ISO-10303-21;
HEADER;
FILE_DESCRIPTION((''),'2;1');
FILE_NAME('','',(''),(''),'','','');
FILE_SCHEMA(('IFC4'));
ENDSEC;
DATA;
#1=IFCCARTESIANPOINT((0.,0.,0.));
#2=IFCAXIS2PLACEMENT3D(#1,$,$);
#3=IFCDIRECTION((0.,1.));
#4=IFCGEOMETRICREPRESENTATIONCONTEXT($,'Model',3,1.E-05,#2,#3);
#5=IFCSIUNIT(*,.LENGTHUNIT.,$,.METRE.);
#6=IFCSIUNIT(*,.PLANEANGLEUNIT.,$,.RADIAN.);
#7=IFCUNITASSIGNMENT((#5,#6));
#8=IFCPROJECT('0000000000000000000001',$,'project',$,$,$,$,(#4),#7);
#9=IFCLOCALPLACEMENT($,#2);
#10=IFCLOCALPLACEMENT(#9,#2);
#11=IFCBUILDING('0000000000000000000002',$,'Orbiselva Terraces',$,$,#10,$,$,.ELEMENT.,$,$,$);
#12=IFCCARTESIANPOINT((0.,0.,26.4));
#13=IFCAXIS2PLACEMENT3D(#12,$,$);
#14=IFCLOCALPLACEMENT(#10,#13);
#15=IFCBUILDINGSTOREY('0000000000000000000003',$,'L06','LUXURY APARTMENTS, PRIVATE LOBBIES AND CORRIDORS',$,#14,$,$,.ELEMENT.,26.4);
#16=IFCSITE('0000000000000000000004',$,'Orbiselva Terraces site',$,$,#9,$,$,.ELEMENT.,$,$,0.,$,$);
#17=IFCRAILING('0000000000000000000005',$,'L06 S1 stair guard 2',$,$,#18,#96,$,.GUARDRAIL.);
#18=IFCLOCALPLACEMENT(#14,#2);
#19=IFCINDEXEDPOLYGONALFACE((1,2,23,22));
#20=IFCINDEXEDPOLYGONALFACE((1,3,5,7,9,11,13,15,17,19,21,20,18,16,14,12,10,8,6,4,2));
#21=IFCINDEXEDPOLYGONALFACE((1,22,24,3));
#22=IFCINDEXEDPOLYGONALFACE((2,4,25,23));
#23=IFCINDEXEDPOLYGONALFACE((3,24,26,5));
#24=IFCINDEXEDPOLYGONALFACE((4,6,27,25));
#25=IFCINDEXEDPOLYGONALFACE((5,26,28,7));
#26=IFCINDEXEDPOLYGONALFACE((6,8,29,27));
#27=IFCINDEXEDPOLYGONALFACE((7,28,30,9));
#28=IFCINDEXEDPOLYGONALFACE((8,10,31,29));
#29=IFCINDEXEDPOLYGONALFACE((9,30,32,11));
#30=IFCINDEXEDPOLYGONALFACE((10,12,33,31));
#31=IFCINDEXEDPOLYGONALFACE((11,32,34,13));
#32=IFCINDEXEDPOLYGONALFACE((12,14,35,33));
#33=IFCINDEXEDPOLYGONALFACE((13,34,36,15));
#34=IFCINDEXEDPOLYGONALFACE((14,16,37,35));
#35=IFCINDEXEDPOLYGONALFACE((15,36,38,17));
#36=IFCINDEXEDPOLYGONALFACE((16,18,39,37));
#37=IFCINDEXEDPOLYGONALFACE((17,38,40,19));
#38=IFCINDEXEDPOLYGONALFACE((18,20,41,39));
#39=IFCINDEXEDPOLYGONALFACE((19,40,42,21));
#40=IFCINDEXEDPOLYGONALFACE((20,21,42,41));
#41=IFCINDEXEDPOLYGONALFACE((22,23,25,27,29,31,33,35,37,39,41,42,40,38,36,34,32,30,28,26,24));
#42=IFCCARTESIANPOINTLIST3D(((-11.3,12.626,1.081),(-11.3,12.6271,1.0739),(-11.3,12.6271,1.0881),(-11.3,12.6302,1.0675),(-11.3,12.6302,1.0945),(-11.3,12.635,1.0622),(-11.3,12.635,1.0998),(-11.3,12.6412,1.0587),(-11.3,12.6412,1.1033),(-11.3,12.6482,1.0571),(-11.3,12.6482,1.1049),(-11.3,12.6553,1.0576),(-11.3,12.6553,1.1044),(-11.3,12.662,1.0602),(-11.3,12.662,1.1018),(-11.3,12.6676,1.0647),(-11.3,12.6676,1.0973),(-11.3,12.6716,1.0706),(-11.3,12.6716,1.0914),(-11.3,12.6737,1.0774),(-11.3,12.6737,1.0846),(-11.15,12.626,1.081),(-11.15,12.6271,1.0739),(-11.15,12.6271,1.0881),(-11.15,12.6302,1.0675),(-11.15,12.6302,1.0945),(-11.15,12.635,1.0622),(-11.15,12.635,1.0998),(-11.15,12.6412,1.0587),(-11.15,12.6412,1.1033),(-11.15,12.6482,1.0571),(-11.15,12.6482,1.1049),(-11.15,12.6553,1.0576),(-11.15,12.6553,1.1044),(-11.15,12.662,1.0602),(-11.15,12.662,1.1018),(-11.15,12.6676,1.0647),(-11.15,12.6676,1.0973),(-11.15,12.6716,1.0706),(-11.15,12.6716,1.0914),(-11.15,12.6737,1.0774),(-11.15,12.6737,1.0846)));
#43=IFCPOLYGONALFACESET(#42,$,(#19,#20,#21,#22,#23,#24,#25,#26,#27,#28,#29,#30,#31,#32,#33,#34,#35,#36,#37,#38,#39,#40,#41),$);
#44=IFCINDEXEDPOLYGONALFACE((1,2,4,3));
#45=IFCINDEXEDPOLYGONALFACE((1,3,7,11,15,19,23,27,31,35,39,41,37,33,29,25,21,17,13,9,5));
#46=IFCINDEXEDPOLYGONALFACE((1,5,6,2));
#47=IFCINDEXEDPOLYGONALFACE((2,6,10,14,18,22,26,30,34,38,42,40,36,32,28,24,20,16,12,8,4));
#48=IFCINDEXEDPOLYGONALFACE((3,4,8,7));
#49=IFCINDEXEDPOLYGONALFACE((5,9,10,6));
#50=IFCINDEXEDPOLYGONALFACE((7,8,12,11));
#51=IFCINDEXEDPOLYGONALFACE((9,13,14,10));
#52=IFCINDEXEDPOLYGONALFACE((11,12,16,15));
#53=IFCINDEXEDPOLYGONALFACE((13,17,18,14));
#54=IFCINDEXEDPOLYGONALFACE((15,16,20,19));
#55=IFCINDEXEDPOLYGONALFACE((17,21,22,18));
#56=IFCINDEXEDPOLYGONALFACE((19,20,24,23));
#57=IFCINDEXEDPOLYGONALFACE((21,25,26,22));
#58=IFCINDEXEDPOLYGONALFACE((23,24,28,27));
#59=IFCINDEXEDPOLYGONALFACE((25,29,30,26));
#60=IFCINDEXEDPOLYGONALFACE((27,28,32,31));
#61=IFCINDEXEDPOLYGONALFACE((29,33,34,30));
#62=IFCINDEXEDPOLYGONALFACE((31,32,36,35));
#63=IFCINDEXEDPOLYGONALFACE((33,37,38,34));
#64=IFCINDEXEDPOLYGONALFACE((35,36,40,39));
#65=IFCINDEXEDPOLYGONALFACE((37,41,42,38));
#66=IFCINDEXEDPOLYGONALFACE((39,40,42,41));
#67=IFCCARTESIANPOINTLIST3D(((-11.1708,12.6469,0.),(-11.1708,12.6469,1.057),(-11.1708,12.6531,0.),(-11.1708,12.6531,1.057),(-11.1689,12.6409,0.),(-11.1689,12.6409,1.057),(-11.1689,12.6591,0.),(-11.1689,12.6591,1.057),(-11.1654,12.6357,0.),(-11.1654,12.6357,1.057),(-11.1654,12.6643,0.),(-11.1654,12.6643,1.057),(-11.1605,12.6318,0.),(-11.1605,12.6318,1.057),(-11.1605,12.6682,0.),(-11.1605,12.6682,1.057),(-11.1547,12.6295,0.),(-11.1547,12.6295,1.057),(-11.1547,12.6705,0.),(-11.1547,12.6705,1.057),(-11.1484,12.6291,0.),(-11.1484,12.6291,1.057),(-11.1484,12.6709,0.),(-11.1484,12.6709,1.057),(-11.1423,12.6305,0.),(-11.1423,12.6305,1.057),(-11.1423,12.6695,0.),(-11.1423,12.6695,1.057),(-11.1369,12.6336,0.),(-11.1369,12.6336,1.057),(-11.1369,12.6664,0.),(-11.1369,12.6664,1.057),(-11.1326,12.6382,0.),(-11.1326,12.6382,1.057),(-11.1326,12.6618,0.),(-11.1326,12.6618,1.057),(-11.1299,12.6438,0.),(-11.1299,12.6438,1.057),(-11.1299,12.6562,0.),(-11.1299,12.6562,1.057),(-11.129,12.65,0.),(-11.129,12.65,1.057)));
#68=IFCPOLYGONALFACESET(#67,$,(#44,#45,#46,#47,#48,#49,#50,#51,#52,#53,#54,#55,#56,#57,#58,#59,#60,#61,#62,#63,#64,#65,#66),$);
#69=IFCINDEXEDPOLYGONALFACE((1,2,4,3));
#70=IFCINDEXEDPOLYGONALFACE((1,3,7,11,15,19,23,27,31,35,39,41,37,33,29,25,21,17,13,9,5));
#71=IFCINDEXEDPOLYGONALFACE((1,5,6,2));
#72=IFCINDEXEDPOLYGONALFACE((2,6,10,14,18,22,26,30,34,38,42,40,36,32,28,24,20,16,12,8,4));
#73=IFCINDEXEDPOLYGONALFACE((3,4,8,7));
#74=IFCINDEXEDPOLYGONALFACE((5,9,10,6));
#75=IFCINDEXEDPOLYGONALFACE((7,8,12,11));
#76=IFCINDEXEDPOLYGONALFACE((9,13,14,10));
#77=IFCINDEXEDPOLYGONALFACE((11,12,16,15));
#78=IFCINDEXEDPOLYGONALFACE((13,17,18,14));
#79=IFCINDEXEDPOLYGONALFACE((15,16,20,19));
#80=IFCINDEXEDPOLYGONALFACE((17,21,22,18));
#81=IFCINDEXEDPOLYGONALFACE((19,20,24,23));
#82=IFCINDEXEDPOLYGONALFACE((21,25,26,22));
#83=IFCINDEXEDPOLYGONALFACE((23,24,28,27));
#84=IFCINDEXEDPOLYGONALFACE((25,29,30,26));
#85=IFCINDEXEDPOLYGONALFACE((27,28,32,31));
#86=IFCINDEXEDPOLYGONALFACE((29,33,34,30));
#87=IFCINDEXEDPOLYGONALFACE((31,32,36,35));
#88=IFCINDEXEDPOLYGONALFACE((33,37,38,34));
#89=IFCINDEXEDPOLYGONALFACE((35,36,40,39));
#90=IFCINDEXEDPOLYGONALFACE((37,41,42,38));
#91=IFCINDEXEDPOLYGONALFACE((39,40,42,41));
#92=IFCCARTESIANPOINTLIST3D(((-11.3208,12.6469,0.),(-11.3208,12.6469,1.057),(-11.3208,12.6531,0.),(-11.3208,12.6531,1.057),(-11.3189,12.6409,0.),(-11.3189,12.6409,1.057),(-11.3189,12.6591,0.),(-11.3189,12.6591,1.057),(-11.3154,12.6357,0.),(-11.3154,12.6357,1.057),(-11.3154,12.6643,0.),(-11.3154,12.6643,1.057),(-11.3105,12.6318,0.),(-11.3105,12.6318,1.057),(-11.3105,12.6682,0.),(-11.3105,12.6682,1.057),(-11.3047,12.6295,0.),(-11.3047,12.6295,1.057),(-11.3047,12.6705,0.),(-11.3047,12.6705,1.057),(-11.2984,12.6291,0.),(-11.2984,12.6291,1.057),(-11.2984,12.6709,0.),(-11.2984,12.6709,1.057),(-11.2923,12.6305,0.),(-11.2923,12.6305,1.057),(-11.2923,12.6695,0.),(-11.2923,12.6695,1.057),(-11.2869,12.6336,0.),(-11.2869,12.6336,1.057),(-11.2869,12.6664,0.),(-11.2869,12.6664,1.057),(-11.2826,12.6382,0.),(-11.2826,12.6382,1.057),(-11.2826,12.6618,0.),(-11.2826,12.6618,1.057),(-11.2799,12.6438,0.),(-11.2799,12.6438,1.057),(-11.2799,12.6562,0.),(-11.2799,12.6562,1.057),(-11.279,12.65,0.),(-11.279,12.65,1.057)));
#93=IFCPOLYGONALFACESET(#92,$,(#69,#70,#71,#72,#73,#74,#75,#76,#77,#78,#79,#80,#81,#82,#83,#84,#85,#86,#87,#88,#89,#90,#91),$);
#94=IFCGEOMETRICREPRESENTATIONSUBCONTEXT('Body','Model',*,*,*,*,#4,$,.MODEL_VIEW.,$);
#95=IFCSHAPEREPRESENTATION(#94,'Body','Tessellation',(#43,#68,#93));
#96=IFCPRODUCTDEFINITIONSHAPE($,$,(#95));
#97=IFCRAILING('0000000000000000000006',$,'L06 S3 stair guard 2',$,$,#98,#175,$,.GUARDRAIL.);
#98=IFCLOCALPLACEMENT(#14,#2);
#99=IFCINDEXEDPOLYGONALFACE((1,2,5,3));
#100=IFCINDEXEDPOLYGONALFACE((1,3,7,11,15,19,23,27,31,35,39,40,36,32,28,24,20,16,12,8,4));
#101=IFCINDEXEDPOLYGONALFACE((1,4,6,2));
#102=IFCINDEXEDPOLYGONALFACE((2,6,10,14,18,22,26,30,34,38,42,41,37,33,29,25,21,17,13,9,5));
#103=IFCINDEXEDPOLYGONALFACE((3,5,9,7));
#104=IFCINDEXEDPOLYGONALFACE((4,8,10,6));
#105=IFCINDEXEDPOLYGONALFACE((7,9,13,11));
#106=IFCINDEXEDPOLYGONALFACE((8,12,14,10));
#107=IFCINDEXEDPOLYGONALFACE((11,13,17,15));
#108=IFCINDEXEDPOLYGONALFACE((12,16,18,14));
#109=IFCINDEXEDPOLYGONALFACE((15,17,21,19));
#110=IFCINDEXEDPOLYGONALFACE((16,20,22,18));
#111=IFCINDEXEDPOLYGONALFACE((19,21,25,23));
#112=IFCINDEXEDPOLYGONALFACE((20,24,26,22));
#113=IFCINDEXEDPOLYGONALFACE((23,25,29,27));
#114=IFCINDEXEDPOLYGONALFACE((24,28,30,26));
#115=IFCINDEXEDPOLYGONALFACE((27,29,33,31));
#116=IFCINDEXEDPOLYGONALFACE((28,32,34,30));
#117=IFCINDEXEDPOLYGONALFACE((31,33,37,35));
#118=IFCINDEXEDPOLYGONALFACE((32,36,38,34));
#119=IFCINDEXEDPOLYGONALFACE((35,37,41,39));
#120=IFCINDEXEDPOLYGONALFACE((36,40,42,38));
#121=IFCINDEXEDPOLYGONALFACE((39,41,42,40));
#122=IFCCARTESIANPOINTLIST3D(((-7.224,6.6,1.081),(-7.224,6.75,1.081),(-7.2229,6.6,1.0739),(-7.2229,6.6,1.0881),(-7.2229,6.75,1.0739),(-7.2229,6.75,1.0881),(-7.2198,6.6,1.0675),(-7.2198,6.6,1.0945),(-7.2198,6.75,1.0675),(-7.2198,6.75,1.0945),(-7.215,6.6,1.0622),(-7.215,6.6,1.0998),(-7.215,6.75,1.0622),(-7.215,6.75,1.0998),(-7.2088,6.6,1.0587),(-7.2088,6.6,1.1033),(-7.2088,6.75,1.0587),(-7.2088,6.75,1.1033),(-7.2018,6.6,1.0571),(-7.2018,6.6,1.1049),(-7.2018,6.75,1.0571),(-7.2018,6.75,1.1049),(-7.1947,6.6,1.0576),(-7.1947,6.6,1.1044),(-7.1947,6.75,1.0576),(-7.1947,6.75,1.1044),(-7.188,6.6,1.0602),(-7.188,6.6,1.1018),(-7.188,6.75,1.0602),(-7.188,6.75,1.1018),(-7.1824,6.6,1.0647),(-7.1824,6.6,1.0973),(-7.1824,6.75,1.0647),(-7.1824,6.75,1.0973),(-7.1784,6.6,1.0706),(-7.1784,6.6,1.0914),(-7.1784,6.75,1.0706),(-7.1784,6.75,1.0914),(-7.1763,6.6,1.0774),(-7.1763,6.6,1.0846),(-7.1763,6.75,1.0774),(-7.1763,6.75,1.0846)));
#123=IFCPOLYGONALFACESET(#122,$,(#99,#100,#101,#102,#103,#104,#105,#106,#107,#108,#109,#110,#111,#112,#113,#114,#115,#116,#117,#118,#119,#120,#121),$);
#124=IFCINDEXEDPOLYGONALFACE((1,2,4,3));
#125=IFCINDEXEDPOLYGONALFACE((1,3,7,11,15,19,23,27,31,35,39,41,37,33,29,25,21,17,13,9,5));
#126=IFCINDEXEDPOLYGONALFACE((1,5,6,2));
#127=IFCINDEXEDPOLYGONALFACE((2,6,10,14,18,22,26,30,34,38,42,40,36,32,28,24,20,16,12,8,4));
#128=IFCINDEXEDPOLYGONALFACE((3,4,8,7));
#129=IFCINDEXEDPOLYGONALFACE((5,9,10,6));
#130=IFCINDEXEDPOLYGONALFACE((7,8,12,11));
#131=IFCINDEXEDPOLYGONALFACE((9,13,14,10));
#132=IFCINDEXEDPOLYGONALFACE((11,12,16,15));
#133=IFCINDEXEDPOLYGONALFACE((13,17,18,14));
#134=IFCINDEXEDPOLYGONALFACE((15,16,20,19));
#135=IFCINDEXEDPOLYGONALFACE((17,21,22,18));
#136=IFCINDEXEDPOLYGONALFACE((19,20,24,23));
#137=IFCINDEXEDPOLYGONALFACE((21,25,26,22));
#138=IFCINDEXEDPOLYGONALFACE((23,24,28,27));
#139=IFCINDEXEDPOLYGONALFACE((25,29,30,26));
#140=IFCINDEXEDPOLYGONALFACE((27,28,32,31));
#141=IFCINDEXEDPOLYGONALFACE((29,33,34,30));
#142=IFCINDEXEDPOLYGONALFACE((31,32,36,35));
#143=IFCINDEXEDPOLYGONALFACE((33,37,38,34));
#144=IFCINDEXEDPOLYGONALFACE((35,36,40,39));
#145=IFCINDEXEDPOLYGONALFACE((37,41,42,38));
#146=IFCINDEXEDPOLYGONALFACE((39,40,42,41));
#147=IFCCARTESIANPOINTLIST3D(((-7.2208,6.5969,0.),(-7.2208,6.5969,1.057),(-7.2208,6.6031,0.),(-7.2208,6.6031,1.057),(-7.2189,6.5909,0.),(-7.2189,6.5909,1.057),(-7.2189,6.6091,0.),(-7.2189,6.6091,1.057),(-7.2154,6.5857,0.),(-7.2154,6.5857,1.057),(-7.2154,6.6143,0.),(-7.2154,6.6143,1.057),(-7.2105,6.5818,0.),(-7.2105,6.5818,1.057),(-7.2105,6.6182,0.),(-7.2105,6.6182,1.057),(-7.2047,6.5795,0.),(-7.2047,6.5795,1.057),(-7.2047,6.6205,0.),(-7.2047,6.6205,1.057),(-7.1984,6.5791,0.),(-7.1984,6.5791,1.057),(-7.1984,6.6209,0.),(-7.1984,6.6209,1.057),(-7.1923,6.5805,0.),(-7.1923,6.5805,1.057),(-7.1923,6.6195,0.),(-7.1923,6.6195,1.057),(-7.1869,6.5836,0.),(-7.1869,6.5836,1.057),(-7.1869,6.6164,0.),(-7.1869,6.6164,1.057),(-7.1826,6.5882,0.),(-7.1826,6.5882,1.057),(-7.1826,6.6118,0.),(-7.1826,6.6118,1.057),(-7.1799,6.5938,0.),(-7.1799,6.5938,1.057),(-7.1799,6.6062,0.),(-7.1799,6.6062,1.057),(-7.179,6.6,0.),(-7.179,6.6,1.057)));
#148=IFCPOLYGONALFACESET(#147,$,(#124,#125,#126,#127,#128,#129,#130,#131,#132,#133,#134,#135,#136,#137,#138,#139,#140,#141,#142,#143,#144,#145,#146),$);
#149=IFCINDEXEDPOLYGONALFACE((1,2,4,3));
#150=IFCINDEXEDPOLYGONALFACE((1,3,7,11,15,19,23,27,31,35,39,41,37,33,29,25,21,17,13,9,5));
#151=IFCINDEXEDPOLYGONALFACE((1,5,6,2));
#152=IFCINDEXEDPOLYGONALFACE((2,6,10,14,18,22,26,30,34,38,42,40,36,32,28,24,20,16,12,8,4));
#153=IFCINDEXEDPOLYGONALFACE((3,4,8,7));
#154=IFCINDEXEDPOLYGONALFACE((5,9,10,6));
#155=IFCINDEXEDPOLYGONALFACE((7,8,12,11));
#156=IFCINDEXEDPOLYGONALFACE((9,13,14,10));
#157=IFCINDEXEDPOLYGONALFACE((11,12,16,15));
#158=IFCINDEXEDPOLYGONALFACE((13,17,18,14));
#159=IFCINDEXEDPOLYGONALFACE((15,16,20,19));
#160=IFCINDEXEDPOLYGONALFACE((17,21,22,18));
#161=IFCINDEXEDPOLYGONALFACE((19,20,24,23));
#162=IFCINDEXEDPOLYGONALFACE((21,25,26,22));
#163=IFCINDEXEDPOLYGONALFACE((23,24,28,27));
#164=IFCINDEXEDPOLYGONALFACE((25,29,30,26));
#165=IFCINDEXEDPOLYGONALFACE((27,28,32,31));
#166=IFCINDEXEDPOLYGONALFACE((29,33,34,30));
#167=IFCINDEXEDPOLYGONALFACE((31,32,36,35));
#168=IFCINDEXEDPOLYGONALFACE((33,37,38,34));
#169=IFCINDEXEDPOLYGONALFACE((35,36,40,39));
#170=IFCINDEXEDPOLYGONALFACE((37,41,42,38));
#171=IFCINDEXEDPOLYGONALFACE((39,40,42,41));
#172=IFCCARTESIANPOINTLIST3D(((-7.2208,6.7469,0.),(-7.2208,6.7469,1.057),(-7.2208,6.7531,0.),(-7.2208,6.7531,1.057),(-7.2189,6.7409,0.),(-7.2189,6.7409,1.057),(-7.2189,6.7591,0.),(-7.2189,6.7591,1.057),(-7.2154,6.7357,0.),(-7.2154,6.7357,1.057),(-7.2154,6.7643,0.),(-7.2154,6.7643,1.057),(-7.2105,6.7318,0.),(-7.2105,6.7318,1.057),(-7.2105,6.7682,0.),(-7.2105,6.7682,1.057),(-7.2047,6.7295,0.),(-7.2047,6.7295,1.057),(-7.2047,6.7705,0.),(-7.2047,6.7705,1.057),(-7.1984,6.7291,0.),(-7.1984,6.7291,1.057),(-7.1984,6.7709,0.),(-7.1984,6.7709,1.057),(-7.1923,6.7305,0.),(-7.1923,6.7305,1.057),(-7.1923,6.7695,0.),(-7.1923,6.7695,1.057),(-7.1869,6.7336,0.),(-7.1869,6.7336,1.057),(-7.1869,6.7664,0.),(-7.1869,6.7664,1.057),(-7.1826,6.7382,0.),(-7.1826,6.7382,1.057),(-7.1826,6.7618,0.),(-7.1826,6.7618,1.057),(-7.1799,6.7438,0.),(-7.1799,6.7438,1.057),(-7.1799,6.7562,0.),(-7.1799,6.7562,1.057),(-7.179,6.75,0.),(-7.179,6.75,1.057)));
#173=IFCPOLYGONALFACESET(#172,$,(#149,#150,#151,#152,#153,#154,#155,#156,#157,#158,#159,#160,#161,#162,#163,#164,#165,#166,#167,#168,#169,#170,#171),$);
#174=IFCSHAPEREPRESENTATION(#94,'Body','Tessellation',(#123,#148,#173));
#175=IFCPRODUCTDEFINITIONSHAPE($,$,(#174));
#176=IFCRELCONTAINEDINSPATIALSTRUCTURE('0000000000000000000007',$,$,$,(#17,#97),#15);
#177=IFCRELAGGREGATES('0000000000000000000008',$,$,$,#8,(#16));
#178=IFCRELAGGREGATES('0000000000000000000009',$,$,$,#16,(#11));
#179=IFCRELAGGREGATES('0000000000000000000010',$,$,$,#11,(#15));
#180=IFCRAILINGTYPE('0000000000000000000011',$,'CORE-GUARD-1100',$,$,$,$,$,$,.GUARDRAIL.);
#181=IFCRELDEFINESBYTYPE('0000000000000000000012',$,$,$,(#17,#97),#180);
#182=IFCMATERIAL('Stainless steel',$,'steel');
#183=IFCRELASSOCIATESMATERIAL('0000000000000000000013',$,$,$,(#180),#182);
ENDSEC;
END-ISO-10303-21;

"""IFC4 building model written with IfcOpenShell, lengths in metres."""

from ifc_helpers import new_model, si_unit, direction, frame, origin, origin_2d, place, context, subcontext, project, spatial, circle, extrude, material, type_object, element, save


model = new_model("IFC4")

# Units and contexts
model_context = context("Model", 3, precision=1e-05, world=origin(), true_north=direction((0.0, 1.0)))
body_context = subcontext(model_context, "Body", "Model", "MODEL_VIEW")
ifc_project = project(units=[si_unit("LENGTHUNIT", "METRE"), si_unit("PLANEANGLEUNIT", "RADIAN")], contexts=[model_context])

# Site, building, storey
site_placement = place(None, origin())
site = spatial("IfcSite", under=ifc_project, at=site_placement, Name="Orbiselva Terraces site", CompositionType="ELEMENT", RefElevation=0.0)
building_placement = place(site_placement, origin())
building = spatial("IfcBuilding", under=site, at=building_placement, Name="Orbiselva Terraces", CompositionType="ELEMENT")
storey_placement = place(building_placement, frame((0.0, 0.0, 26.4)))
storey = spatial("IfcBuildingStorey", under=building, at=storey_placement, Name="L06", Description="LUXURY APARTMENTS, PRIVATE LOBBIES AND CORRIDORS", CompositionType="ELEMENT", Elevation=26.4)

# Railings
ifc_material_1 = material(Name="Stainless steel", Category="steel")
railing_type_1 = type_object("IfcRailingType", Name="CORE-GUARD-1100", PredefinedType="GUARDRAIL", material=ifc_material_1)
railing_1_placement = place(storey_placement, frame((-11.15, 12.65, 0.0)))
element("IfcRailing", 1, at=railing_1_placement, inside=storey, type_object=railing_type_1, Name="L06 S1 stair guard 2", PredefinedType="GUARDRAIL", context=body_context, shape_type="SweptSolid", body=[
    extrude(circle(Radius=0.024, at=origin_2d()), frame((0.0, 0.0, 1.081), z_axis=(-1.0, 0.0, 0.0), x_axis=(0.0, -1.0, 0.0)), (0.0, 0.0, 1.0), 0.15),
    extrude(circle(Radius=0.021, at=origin_2d()), origin(), (0.0, 0.0, 1.0), 1.057),
    extrude(circle(Radius=0.021, at=origin_2d()), frame((-0.15, 0.0, 0.0)), (0.0, 0.0, 1.0), 1.057),
])
railing_2_placement = place(storey_placement, frame((-7.2, 6.6, 0.0)))
element("IfcRailing", 2, at=railing_2_placement, inside=storey, type_object=railing_type_1, Name="L06 S3 stair guard 2", PredefinedType="GUARDRAIL", context=body_context, shape_type="SweptSolid", body=[
    extrude(circle(Radius=0.024, at=origin_2d()), frame((0.0, 0.0, 1.081), z_axis=(0.0, 1.0, 0.0), x_axis=(-1.0, 0.0, 0.0)), (0.0, 0.0, 1.0), 0.15),
    extrude(circle(Radius=0.021, at=origin_2d()), origin(), (0.0, 0.0, 1.0), 1.057),
    extrude(circle(Radius=0.021, at=origin_2d()), frame((0.0, 0.15, 0.0)), (0.0, 0.0, 1.0), 1.057),
])

save(model, "model.ifc")
